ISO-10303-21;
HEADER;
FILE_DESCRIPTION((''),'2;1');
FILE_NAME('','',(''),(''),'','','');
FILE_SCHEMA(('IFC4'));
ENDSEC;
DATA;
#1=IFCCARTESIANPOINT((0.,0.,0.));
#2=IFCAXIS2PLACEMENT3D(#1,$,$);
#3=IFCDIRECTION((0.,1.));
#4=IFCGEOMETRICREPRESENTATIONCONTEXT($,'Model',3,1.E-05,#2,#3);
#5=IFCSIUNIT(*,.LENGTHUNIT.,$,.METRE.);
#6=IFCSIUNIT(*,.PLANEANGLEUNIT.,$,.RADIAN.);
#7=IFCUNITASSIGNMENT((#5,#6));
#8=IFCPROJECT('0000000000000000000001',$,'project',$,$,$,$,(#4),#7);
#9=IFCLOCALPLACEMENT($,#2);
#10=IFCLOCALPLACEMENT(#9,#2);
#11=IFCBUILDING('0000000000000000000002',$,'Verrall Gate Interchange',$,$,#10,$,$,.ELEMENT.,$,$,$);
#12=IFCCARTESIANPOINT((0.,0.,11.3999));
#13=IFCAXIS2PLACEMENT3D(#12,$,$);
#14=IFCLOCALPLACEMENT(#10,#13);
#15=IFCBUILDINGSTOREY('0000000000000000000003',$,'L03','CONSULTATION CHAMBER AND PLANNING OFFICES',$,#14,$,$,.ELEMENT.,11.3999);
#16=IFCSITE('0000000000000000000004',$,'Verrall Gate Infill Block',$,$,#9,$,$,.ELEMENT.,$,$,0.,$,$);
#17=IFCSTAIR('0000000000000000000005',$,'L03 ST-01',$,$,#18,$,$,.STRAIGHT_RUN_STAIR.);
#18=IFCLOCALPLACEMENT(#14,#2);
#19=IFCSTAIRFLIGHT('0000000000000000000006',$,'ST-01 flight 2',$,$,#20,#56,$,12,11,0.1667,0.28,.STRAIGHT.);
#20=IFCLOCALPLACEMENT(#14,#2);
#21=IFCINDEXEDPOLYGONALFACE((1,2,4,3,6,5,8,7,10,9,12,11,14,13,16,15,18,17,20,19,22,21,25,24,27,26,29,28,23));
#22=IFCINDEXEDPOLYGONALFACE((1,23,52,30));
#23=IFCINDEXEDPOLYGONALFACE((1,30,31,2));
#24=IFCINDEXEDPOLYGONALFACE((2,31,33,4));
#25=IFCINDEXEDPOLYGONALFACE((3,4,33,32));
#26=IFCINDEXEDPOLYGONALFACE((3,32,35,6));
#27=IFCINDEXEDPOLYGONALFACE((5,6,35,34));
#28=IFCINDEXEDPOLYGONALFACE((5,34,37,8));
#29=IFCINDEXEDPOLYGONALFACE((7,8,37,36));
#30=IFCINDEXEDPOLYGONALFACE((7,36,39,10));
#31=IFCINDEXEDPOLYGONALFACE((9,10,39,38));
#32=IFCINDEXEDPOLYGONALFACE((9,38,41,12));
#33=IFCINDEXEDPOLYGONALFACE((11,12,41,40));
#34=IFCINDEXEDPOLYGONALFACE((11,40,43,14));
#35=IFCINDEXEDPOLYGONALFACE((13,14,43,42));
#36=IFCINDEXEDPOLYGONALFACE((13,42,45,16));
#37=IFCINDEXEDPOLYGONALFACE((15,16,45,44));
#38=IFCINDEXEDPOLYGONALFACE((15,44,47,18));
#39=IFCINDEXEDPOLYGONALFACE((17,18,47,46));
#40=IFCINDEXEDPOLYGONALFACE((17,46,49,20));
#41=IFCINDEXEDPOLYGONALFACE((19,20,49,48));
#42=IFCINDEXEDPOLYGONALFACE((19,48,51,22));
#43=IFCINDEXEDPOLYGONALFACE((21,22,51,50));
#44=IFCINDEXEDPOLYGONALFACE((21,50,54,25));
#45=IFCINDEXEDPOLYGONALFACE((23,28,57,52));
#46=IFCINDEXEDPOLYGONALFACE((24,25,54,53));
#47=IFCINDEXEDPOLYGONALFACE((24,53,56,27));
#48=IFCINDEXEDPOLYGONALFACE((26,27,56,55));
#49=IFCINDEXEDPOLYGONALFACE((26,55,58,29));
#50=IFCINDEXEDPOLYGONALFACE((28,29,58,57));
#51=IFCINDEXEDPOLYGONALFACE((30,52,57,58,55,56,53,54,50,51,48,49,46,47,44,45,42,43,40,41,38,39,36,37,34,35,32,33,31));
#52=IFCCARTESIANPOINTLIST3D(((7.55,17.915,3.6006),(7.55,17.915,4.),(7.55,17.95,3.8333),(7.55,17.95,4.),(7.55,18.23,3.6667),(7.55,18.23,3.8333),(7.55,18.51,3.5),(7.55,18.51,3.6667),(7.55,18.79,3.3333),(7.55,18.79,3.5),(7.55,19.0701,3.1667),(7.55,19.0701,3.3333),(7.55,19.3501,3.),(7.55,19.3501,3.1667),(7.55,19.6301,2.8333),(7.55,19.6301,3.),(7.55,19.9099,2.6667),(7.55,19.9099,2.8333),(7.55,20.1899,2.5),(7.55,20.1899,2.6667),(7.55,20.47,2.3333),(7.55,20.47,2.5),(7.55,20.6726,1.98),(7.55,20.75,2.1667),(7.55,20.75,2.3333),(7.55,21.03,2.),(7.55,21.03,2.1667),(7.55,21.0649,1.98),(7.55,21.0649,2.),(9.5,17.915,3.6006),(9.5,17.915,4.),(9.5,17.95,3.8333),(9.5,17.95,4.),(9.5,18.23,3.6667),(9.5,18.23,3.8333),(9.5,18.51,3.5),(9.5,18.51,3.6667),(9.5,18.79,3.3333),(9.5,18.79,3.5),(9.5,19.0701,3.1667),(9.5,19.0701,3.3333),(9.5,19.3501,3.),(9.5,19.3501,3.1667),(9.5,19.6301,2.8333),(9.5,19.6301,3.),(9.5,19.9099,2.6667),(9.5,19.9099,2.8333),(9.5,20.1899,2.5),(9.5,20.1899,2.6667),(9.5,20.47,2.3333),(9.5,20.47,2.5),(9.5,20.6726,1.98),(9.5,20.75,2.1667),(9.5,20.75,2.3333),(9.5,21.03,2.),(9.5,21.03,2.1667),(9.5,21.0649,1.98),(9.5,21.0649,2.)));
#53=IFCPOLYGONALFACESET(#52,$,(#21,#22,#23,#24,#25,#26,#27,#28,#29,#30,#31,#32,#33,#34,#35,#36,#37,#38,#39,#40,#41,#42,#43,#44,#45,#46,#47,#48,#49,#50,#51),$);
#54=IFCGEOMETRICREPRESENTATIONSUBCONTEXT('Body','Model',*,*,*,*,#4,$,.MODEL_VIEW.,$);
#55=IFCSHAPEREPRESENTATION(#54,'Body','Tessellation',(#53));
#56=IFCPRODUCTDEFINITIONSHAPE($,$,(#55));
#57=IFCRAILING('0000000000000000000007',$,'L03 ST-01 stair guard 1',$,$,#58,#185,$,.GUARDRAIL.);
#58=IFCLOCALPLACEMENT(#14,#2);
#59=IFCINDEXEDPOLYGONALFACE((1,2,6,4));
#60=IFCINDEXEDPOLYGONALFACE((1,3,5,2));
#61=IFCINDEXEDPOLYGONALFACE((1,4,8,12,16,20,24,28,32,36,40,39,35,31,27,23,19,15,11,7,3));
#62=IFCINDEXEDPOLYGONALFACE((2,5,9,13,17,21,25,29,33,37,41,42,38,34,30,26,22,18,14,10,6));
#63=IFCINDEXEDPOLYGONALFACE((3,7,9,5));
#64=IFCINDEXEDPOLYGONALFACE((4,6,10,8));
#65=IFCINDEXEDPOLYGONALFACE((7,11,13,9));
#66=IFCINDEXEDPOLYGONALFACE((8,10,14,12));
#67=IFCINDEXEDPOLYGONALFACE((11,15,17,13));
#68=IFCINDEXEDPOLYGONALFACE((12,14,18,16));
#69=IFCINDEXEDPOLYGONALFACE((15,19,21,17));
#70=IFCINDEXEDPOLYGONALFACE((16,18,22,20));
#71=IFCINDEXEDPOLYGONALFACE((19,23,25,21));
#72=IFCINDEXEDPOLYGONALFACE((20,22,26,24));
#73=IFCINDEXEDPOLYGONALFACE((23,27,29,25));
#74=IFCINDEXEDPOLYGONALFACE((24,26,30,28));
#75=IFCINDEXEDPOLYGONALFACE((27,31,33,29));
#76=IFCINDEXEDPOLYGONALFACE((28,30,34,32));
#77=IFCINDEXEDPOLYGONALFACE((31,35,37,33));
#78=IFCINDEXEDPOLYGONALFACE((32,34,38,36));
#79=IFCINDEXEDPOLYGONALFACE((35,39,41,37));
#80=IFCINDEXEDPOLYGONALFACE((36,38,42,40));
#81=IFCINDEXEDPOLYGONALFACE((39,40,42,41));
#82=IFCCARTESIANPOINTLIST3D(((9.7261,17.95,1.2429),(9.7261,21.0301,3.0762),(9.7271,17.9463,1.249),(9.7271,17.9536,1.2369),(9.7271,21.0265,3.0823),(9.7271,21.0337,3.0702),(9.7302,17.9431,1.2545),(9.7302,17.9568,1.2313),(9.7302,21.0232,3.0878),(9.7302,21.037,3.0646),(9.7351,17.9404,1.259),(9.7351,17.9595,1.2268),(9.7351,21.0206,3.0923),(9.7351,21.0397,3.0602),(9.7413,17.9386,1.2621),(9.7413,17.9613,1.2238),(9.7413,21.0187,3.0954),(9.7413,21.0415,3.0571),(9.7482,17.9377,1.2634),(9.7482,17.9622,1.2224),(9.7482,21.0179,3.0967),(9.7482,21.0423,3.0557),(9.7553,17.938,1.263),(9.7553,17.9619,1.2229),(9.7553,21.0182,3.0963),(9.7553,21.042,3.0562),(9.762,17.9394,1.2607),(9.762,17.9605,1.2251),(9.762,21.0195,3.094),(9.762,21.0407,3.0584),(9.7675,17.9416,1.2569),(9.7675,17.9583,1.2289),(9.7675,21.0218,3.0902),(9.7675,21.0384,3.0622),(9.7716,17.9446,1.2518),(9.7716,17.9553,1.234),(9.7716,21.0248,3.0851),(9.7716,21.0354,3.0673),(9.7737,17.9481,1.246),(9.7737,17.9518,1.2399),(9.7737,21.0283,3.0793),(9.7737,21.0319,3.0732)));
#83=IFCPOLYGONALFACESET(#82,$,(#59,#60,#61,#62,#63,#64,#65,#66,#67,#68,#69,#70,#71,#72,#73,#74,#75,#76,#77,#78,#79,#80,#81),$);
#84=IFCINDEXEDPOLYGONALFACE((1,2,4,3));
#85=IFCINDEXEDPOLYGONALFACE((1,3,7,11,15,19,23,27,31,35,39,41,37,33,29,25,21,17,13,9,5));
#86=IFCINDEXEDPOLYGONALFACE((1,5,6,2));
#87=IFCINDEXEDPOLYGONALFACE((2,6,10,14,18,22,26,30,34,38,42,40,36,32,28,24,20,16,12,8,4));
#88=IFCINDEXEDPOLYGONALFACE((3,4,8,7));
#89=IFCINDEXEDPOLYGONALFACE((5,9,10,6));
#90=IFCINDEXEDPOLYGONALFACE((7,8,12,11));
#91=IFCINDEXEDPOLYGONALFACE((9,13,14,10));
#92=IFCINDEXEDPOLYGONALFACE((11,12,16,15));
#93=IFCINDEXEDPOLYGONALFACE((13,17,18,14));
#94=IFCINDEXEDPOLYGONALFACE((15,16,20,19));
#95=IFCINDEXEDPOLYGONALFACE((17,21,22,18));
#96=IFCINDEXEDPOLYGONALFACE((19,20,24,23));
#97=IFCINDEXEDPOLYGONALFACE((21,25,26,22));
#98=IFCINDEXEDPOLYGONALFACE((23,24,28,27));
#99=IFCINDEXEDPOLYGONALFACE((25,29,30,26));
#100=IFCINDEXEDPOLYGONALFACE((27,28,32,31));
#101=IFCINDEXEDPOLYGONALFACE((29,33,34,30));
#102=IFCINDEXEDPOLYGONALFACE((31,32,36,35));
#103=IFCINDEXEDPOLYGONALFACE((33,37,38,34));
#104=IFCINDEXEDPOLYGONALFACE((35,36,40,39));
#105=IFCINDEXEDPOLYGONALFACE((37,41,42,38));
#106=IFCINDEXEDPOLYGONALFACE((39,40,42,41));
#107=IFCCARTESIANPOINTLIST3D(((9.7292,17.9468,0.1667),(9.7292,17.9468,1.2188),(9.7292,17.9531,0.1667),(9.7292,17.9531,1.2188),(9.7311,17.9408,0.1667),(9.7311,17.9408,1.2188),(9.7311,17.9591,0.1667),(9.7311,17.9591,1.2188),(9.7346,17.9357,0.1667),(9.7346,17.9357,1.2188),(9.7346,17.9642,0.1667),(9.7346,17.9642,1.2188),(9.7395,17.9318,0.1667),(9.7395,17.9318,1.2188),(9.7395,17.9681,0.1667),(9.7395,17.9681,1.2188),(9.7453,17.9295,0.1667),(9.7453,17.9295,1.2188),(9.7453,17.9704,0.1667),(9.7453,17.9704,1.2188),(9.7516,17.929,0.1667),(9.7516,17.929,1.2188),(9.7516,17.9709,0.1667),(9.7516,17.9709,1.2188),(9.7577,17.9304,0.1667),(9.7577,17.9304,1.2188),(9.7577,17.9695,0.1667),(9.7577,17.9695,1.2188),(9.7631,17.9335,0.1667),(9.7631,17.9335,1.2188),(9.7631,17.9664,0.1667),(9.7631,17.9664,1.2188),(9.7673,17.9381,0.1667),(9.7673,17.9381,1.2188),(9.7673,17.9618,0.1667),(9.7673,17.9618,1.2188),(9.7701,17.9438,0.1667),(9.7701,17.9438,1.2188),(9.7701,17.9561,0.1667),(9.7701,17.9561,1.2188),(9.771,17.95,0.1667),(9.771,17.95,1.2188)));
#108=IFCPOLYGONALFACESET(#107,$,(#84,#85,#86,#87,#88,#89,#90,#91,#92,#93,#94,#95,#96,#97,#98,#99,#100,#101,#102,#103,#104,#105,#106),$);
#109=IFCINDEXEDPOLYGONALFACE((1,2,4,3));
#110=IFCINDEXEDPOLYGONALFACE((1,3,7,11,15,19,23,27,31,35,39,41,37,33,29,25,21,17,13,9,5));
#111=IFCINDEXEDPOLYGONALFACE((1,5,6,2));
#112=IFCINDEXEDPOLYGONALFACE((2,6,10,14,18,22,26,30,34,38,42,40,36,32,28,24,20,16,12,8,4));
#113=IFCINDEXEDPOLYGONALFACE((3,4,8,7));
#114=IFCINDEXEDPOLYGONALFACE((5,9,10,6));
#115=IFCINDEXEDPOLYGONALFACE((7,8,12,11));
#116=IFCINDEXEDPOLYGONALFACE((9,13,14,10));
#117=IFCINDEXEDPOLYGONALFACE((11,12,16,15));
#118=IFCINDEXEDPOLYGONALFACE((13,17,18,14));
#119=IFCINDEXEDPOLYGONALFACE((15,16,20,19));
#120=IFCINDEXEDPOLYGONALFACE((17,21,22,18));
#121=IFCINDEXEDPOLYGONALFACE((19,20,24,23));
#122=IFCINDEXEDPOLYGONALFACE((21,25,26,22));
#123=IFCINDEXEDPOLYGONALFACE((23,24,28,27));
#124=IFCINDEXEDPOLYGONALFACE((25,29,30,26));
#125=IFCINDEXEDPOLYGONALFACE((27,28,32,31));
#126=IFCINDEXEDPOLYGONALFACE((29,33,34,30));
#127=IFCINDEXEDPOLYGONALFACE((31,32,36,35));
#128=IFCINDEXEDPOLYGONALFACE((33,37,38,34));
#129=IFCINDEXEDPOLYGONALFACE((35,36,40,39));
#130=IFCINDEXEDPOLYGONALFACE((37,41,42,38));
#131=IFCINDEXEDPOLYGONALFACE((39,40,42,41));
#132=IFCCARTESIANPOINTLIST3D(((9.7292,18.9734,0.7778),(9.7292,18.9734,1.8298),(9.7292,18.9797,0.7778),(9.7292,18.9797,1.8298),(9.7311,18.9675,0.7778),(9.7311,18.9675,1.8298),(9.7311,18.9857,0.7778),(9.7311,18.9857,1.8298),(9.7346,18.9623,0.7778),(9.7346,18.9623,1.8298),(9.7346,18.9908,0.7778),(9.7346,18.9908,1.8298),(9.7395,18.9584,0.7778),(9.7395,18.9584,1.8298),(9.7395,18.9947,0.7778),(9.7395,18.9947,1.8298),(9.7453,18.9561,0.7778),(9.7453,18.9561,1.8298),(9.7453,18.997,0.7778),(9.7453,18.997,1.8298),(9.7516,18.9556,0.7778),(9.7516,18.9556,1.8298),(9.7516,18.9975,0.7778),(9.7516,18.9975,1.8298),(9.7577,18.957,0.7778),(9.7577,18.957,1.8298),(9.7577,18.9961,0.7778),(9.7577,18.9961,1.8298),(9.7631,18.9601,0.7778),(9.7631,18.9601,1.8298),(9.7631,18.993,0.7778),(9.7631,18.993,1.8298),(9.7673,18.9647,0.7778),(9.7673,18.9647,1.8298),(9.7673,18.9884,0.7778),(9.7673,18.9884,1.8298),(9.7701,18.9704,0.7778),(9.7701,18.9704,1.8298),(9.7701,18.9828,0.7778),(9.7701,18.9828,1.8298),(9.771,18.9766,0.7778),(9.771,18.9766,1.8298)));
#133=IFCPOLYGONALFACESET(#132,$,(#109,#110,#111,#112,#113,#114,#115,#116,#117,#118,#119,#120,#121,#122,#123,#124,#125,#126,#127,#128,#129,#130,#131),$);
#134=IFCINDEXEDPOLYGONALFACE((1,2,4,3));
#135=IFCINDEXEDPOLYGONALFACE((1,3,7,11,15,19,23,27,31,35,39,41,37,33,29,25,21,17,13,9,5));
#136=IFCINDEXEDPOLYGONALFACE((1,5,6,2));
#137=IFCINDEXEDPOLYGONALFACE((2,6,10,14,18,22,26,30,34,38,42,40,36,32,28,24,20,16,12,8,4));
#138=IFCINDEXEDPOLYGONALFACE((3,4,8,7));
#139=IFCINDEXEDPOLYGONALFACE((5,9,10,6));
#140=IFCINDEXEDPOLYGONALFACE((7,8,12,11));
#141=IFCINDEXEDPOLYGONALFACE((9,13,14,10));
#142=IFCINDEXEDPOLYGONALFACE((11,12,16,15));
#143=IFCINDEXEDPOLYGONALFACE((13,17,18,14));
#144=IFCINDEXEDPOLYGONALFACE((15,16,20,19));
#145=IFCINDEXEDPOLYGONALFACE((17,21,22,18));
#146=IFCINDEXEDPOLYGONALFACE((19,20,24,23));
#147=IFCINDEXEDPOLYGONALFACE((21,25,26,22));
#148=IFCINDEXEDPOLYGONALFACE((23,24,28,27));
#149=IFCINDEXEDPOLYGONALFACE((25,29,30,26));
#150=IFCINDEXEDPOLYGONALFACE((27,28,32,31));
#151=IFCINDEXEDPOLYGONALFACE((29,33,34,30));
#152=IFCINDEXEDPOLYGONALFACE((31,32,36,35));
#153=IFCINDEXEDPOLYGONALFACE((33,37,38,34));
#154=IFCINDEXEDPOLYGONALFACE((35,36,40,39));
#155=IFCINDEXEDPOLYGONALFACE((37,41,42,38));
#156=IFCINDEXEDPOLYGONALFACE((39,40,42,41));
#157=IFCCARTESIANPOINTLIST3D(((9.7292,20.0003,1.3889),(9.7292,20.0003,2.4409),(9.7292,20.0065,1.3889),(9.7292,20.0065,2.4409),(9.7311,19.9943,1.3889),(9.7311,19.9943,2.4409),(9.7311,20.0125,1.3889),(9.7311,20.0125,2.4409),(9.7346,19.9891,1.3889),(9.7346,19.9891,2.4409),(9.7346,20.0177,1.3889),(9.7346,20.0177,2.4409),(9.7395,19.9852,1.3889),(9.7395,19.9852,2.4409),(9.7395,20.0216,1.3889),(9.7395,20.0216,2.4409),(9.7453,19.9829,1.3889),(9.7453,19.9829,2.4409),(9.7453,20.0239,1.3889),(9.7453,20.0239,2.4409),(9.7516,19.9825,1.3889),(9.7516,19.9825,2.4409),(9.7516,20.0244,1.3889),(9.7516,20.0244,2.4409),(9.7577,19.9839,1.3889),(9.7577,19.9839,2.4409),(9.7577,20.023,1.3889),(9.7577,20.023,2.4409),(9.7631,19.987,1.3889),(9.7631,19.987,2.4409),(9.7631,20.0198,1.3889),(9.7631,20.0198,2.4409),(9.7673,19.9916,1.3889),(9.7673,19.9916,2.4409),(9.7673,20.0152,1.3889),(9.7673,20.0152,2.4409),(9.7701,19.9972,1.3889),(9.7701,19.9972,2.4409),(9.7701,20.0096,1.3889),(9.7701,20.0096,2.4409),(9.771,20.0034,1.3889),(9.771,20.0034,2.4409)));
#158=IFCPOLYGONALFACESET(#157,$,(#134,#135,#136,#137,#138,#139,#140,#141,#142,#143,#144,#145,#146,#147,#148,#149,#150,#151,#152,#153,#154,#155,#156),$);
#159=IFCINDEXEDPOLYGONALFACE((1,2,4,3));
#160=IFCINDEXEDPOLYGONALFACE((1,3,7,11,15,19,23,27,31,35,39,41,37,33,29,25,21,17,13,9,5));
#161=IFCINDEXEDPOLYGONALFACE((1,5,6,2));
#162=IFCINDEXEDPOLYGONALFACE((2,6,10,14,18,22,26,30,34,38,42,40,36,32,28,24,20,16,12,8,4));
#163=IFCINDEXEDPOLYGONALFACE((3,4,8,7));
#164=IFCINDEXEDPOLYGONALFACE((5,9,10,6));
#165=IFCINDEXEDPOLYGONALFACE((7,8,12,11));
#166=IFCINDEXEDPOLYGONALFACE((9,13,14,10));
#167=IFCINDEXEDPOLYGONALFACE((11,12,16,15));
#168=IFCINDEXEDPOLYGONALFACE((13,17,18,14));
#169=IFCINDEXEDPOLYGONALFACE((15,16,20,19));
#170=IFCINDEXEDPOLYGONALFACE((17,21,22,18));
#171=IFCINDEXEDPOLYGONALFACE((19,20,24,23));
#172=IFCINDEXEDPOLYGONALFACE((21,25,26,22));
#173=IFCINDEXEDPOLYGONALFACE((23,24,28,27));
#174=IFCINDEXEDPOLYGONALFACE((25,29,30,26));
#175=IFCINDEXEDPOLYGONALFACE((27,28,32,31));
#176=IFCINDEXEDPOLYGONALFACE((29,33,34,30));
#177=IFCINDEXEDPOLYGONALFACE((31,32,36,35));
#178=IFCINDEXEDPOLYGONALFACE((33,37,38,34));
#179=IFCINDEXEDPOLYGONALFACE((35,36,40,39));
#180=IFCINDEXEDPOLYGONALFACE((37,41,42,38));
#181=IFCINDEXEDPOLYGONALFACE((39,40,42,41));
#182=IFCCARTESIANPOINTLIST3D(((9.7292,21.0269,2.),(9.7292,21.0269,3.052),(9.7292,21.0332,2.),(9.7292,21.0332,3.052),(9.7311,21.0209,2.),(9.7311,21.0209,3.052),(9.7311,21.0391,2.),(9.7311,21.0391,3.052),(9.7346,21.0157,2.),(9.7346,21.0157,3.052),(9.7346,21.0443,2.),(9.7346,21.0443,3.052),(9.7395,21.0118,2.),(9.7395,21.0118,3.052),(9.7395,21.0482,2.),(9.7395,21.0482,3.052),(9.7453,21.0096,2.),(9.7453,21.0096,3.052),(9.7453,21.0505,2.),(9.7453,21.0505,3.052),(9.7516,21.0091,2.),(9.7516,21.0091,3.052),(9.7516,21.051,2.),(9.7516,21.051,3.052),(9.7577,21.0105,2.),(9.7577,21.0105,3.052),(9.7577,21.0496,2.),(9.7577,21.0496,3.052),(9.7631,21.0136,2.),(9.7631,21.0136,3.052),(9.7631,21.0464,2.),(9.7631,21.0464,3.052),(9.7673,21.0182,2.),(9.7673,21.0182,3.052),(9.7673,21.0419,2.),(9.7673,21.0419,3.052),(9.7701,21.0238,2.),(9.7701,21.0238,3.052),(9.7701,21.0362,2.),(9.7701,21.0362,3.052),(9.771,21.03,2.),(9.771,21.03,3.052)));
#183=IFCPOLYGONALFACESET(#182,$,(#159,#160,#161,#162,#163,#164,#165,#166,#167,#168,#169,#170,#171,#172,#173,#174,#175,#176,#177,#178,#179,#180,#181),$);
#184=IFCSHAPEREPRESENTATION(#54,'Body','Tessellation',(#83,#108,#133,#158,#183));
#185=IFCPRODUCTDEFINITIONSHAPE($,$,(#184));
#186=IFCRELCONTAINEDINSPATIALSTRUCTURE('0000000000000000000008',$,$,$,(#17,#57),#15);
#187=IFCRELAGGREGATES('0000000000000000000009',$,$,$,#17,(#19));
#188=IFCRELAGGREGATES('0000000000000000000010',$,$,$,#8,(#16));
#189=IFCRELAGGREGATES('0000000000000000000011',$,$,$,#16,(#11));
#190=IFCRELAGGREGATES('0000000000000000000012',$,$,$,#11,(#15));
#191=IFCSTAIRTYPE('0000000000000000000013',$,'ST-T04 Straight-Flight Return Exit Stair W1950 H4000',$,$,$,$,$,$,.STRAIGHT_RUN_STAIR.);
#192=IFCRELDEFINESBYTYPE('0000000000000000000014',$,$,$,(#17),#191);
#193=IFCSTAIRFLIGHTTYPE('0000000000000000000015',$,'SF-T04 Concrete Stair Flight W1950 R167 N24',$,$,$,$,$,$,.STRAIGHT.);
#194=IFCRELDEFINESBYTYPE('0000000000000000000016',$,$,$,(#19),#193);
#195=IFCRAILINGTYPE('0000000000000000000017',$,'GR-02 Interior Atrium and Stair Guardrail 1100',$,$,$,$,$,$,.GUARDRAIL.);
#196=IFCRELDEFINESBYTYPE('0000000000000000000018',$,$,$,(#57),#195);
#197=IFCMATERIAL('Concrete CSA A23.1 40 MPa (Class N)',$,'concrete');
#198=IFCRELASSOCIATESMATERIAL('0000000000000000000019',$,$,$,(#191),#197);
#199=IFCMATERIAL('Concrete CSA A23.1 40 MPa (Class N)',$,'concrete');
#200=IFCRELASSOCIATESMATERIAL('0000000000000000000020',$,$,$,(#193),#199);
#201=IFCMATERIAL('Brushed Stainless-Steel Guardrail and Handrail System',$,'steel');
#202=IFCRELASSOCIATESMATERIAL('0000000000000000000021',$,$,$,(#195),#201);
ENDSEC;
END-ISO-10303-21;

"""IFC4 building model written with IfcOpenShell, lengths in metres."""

from ifc_helpers import new_model, si_unit, direction, frame, origin, origin_2d, place, context, subcontext, project, spatial, polyline, circle, outline, extrude, material, type_object, element, aggregate, save


model = new_model("IFC4")

# Units and contexts
model_context = context("Model", 3, precision=1e-05, world=origin(), true_north=direction((0.0, 1.0)))
body_context = subcontext(model_context, "Body", "Model", "MODEL_VIEW")
ifc_project = project(units=[si_unit("LENGTHUNIT", "METRE"), si_unit("PLANEANGLEUNIT", "RADIAN")], contexts=[model_context])

# Site, building, storey
site_placement = place(None, origin())
site = spatial("IfcSite", under=ifc_project, at=site_placement, Name="Verrall Gate Infill Block", CompositionType="ELEMENT", RefElevation=0.0)
building_placement = place(site_placement, origin())
building = spatial("IfcBuilding", under=site, at=building_placement, Name="Verrall Gate Interchange", CompositionType="ELEMENT")
storey_placement = place(building_placement, frame((0.0, 0.0, 11.3999)))
storey = spatial("IfcBuildingStorey", under=building, at=storey_placement, Name="L03", Description="CONSULTATION CHAMBER AND PLANNING OFFICES", CompositionType="ELEMENT", Elevation=11.3999)

# Stair, stair flight
ifc_material_1 = material(Name="Concrete CSA A23.1 40 MPa (Class N)", Category="concrete")
stair_type = type_object("IfcStairType", Name="ST-T04 Straight-Flight Return Exit Stair W1950 H4000", PredefinedType="STRAIGHT_RUN_STAIR", material=ifc_material_1)
stair_placement = place(storey_placement, origin())
stair = element("IfcStair", 1, at=stair_placement, inside=storey, type_object=stair_type, Name="L03 ST-01", PredefinedType="STRAIGHT_RUN_STAIR")
ifc_material_2 = material(Name="Concrete CSA A23.1 40 MPa (Class N)", Category="concrete")
stair_flight_type = type_object("IfcStairFlightType", Name="SF-T04 Concrete Stair Flight W1950 R167 N24", PredefinedType="STRAIGHT", material=ifc_material_2)
stair_flight_1_placement = place(storey_placement, frame((8.5249, 21.03, 2.0), z_axis=(0.0, 0.0, 1.0), x_axis=(0.0, -1.0, 0.0)))
stair_flight_1 = element("IfcStairFlight", 2, at=stair_flight_1_placement, type_object=stair_flight_type, Name="ST-01 flight 2", NumberOfRisers=12, NumberOfTreads=11, PredefinedType="STRAIGHT", RiserHeight=0.1667, TreadLength=0.28, context=body_context, shape_type="SweptSolid", body=[
    extrude(outline(polyline([(-0.0349, -0.02), (-0.0349, 0.0), (0.0, 0.0), (0.0, 0.1667), (0.28, 0.1667), (0.28, 0.3333), (0.5601, 0.3333), (0.5601, 0.5), (0.8401, 0.5), (0.8401, 0.6667), (1.1201, 0.6667), (1.1201, 0.8333), (1.3999, 0.8333), (1.3999, 1.0), (1.6799, 1.0), (1.6799, 1.1667), (1.96, 1.1667), (1.96, 1.3333), (2.24, 1.3333), (2.24, 1.5), (2.52, 1.5), (2.52, 1.6667), (2.8, 1.6667), (2.8, 1.8333), (3.0801, 1.8333), (3.0801, 2.0), (3.115, 2.0), (3.115, 1.6006), (0.3574, -0.02), (-0.0349, -0.02)])), frame((0.0, 0.9751, 0.0), z_axis=(0.0, -1.0, 0.0), x_axis=(1.0, 0.0, 0.0)), (0.0, 0.0, 1.0), 1.95),
])
aggregate(stair, [stair_flight_1])

# Railing
ifc_material_3 = material(Name="Brushed Stainless-Steel Guardrail and Handrail System", Category="steel")
railing_type_1 = type_object("IfcRailingType", Name="GR-02 Interior Atrium and Stair Guardrail 1100", PredefinedType="GUARDRAIL", material=ifc_material_3)
railing_1_placement = place(storey_placement, frame((9.75, 17.95, 0.1667)))
element("IfcRailing", 3, at=railing_1_placement, inside=storey, type_object=railing_type_1, Name="L03 ST-01 stair guard 1", PredefinedType="GUARDRAIL", context=body_context, shape_type="SweptSolid", body=[
    extrude(circle(Radius=0.0239, at=origin_2d()), frame((0.0, 0.0, 1.0762), z_axis=(0.0, 0.859309, 0.511458), x_axis=(-1.0, 0.0, 0.0)), (0.0, 0.0, 1.0), 3.5845),
    extrude(circle(Radius=0.021, at=origin_2d()), origin(), (0.0, 0.0, 1.0), 1.052),
    extrude(circle(Radius=0.021, at=origin_2d()), frame((0.0, 1.0266, 0.6111)), (0.0, 0.0, 1.0), 1.052),
    extrude(circle(Radius=0.021, at=origin_2d()), frame((0.0, 2.0535, 1.2222)), (0.0, 0.0, 1.0), 1.052),
    extrude(circle(Radius=0.021, at=origin_2d()), frame((0.0, 3.0801, 1.8333)), (0.0, 0.0, 1.0), 1.052),
])

save(model, "model.ifc")
